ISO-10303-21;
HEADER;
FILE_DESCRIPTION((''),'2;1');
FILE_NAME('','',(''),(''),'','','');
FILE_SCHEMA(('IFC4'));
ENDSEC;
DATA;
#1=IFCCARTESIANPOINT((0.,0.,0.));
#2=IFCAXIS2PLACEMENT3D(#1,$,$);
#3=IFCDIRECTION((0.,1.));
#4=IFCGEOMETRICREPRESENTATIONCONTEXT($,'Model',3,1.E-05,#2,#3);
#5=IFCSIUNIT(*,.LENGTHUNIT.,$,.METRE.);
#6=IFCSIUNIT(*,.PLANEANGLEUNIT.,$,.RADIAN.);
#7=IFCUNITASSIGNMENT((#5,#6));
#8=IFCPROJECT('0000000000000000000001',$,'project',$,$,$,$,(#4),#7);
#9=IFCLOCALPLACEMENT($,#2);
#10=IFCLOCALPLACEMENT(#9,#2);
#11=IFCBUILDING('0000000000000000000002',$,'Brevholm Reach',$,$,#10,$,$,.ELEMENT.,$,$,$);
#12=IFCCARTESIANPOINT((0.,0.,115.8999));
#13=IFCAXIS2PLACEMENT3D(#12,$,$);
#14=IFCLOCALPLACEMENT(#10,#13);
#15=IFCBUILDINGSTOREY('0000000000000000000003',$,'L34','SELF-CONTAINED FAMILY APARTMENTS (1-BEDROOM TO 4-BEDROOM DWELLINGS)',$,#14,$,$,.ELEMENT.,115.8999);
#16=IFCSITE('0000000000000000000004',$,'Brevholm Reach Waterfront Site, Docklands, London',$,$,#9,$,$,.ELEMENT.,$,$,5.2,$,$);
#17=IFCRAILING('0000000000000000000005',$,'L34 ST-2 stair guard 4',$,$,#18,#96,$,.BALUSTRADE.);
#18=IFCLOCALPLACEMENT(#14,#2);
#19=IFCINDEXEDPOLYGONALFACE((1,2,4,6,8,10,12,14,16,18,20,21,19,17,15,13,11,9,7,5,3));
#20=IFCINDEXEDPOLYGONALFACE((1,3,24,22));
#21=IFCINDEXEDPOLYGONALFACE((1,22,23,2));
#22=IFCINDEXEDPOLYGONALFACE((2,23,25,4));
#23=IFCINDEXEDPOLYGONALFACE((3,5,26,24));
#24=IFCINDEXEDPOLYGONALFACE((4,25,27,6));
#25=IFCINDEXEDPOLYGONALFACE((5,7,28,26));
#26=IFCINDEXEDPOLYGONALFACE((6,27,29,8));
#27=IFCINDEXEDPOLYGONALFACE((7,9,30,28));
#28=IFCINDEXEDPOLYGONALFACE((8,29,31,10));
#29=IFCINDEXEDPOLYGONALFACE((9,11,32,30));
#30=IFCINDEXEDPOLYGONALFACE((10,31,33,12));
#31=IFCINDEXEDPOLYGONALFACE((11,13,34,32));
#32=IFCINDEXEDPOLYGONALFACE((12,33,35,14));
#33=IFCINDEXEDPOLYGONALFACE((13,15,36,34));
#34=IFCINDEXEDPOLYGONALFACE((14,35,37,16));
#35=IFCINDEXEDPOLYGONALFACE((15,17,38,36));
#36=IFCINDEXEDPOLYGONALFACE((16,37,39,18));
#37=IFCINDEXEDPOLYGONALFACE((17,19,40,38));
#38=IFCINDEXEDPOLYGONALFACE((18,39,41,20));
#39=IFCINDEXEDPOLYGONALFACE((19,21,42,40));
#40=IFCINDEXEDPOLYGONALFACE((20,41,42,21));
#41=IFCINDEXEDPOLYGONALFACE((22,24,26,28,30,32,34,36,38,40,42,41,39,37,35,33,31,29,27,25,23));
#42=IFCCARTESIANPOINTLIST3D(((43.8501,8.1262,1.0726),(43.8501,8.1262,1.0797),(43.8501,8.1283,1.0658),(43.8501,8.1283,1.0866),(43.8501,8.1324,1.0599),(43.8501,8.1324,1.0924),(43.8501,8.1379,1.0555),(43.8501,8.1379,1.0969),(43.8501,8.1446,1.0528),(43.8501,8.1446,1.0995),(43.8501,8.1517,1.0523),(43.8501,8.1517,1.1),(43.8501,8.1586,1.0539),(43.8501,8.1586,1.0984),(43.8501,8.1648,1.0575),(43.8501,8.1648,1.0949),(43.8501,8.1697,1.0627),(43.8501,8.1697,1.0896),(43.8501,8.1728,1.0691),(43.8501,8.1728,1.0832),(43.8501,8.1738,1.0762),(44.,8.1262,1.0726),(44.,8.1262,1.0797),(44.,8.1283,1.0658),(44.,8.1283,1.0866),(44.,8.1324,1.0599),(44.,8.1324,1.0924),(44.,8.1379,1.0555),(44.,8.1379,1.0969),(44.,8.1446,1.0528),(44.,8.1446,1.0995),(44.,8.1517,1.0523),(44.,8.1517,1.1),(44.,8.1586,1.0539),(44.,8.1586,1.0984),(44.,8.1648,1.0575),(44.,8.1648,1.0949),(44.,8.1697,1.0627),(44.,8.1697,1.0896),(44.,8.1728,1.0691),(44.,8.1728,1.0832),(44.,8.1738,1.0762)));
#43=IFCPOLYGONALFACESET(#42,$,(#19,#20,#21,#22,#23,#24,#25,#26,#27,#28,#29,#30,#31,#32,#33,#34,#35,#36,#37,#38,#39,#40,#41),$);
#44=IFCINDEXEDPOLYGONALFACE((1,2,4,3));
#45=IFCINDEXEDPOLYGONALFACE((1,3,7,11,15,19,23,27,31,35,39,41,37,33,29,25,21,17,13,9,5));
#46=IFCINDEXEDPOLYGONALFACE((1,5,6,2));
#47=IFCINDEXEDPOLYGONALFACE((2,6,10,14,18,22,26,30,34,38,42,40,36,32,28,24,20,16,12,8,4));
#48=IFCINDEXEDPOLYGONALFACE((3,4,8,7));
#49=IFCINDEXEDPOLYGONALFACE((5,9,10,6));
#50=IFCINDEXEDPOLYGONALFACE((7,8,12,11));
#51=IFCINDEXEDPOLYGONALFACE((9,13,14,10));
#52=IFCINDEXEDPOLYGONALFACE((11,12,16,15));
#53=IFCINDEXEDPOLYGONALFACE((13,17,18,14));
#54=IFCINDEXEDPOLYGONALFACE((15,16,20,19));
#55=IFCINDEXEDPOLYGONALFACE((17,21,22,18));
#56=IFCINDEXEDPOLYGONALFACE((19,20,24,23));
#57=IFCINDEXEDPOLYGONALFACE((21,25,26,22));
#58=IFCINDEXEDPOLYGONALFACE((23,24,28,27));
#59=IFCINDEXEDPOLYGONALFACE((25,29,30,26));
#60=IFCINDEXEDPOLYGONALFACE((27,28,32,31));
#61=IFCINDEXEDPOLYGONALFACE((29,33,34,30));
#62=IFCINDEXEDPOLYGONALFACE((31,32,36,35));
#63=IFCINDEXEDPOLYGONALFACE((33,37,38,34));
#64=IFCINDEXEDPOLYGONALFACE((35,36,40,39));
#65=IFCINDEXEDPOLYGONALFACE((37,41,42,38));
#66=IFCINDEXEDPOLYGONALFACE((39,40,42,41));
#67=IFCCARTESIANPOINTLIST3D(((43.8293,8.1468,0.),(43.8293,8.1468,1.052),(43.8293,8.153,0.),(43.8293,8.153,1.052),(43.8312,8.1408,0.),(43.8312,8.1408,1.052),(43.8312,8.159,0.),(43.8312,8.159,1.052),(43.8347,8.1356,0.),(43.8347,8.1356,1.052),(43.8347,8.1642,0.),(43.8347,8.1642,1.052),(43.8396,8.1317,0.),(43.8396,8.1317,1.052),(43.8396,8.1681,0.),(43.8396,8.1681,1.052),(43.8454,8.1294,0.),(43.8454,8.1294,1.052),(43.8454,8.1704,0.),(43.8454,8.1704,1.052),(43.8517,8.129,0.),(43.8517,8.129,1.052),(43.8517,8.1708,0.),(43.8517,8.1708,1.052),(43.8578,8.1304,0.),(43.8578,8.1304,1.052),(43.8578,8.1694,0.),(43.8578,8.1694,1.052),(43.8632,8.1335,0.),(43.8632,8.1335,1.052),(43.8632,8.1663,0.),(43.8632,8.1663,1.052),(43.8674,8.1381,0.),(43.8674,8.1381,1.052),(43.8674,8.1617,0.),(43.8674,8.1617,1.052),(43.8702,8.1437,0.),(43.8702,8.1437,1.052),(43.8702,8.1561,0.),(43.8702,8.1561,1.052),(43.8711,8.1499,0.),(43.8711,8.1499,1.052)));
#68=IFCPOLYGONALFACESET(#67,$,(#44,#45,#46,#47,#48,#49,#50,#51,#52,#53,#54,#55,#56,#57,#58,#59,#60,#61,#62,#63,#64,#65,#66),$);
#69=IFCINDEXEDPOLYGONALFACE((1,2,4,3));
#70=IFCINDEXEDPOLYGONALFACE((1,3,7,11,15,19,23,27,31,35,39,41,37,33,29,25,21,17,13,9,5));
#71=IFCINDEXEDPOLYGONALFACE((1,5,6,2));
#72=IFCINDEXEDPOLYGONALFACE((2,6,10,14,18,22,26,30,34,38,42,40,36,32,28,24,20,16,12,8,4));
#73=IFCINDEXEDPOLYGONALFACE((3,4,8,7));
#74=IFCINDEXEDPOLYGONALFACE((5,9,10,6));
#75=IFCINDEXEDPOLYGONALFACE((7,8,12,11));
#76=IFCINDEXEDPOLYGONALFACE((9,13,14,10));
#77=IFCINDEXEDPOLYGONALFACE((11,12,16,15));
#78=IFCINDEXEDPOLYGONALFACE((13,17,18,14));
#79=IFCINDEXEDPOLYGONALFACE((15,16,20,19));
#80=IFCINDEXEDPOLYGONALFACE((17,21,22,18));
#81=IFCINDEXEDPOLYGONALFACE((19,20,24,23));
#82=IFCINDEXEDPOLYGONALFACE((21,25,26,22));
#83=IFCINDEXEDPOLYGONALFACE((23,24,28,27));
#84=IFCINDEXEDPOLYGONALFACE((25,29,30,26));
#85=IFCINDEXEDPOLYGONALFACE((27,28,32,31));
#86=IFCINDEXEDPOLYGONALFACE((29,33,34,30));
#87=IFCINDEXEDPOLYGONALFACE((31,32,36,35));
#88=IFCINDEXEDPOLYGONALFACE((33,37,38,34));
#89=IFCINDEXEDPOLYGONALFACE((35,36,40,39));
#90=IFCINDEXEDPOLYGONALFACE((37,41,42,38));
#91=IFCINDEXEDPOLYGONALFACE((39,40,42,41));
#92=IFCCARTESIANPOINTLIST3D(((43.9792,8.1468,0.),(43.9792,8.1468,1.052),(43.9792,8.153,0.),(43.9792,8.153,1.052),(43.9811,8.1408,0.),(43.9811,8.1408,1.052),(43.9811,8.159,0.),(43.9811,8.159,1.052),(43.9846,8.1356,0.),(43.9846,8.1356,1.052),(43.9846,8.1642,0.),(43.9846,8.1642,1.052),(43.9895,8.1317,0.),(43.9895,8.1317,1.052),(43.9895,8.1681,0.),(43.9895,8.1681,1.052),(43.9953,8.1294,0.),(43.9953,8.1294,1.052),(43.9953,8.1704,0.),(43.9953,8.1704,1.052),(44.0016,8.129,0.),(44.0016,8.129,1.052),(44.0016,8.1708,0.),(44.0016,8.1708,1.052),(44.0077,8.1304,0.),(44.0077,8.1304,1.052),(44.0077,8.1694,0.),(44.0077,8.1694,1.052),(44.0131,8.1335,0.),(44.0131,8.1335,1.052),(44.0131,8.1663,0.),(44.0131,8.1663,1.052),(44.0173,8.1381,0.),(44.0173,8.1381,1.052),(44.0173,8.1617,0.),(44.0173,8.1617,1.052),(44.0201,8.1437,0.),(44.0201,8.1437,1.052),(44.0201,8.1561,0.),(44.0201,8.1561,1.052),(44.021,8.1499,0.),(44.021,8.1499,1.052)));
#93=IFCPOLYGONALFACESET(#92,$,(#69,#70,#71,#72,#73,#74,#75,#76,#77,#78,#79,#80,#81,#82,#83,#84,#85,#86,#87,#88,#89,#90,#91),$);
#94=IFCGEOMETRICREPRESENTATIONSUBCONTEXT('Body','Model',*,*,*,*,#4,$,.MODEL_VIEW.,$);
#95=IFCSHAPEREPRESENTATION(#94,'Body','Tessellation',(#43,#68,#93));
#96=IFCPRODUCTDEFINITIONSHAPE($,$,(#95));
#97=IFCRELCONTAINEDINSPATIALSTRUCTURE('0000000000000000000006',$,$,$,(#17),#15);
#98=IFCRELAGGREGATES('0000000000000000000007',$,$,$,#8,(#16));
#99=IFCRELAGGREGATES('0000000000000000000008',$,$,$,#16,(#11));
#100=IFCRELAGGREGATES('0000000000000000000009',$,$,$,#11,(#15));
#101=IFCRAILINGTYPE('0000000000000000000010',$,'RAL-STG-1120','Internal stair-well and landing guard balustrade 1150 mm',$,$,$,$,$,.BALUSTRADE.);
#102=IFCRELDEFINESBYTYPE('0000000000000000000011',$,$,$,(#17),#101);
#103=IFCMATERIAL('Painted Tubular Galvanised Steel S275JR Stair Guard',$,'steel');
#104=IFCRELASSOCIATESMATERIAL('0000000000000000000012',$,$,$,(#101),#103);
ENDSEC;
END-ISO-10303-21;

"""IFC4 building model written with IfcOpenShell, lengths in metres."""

from ifc_helpers import new_model, si_unit, direction, frame, origin, origin_2d, place, context, subcontext, project, spatial, circle, extrude, material, type_object, element, save


model = new_model("IFC4")

# Units and contexts
model_context = context("Model", 3, precision=1e-05, world=origin(), true_north=direction((0.0, 1.0)))
body_context = subcontext(model_context, "Body", "Model", "MODEL_VIEW")
ifc_project = project(units=[si_unit("LENGTHUNIT", "METRE"), si_unit("PLANEANGLEUNIT", "RADIAN")], contexts=[model_context])

# Site, building, storey
site_placement = place(None, origin())
site = spatial("IfcSite", under=ifc_project, at=site_placement, Name="Brevholm Reach Waterfront Site, Docklands, London", CompositionType="ELEMENT", RefElevation=5.2)
building_placement = place(site_placement, origin())
building = spatial("IfcBuilding", under=site, at=building_placement, Name="Brevholm Reach", CompositionType="ELEMENT")
storey_placement = place(building_placement, frame((0.0, 0.0, 115.8999)))
storey = spatial("IfcBuildingStorey", under=building, at=storey_placement, Name="L34", Description="SELF-CONTAINED FAMILY APARTMENTS (1-BEDROOM TO 4-BEDROOM DWELLINGS)", CompositionType="ELEMENT", Elevation=115.8999)

# Railing
ifc_material_1 = material(Name="Painted Tubular Galvanised Steel S275JR Stair Guard", Category="steel")
railing_type_1 = type_object("IfcRailingType", Name="RAL-STG-1120", Description="Internal stair-well and landing guard balustrade 1150 mm", PredefinedType="BALUSTRADE", material=ifc_material_1)
railing_1_placement = place(storey_placement, frame((43.8501, 8.1499, 0.0)))
element("IfcRailing", 1, at=railing_1_placement, inside=storey, type_object=railing_type_1, Name="L34 ST-2 stair guard 4", PredefinedType="BALUSTRADE", context=body_context, shape_type="SweptSolid", body=[
    extrude(circle(Radius=0.0239, at=origin_2d()), frame((0.0, 0.0, 1.0762), z_axis=(1.0, 0.0, 0.0), x_axis=(0.0, 1.0, 0.0)), (0.0, 0.0, 1.0), 0.1499),
    extrude(circle(Radius=0.021, at=origin_2d()), origin(), (0.0, 0.0, 1.0), 1.052),
    extrude(circle(Radius=0.021, at=origin_2d()), frame((0.1499, 0.0, 0.0)), (0.0, 0.0, 1.0), 1.052),
])

save(model, "model.ifc")
